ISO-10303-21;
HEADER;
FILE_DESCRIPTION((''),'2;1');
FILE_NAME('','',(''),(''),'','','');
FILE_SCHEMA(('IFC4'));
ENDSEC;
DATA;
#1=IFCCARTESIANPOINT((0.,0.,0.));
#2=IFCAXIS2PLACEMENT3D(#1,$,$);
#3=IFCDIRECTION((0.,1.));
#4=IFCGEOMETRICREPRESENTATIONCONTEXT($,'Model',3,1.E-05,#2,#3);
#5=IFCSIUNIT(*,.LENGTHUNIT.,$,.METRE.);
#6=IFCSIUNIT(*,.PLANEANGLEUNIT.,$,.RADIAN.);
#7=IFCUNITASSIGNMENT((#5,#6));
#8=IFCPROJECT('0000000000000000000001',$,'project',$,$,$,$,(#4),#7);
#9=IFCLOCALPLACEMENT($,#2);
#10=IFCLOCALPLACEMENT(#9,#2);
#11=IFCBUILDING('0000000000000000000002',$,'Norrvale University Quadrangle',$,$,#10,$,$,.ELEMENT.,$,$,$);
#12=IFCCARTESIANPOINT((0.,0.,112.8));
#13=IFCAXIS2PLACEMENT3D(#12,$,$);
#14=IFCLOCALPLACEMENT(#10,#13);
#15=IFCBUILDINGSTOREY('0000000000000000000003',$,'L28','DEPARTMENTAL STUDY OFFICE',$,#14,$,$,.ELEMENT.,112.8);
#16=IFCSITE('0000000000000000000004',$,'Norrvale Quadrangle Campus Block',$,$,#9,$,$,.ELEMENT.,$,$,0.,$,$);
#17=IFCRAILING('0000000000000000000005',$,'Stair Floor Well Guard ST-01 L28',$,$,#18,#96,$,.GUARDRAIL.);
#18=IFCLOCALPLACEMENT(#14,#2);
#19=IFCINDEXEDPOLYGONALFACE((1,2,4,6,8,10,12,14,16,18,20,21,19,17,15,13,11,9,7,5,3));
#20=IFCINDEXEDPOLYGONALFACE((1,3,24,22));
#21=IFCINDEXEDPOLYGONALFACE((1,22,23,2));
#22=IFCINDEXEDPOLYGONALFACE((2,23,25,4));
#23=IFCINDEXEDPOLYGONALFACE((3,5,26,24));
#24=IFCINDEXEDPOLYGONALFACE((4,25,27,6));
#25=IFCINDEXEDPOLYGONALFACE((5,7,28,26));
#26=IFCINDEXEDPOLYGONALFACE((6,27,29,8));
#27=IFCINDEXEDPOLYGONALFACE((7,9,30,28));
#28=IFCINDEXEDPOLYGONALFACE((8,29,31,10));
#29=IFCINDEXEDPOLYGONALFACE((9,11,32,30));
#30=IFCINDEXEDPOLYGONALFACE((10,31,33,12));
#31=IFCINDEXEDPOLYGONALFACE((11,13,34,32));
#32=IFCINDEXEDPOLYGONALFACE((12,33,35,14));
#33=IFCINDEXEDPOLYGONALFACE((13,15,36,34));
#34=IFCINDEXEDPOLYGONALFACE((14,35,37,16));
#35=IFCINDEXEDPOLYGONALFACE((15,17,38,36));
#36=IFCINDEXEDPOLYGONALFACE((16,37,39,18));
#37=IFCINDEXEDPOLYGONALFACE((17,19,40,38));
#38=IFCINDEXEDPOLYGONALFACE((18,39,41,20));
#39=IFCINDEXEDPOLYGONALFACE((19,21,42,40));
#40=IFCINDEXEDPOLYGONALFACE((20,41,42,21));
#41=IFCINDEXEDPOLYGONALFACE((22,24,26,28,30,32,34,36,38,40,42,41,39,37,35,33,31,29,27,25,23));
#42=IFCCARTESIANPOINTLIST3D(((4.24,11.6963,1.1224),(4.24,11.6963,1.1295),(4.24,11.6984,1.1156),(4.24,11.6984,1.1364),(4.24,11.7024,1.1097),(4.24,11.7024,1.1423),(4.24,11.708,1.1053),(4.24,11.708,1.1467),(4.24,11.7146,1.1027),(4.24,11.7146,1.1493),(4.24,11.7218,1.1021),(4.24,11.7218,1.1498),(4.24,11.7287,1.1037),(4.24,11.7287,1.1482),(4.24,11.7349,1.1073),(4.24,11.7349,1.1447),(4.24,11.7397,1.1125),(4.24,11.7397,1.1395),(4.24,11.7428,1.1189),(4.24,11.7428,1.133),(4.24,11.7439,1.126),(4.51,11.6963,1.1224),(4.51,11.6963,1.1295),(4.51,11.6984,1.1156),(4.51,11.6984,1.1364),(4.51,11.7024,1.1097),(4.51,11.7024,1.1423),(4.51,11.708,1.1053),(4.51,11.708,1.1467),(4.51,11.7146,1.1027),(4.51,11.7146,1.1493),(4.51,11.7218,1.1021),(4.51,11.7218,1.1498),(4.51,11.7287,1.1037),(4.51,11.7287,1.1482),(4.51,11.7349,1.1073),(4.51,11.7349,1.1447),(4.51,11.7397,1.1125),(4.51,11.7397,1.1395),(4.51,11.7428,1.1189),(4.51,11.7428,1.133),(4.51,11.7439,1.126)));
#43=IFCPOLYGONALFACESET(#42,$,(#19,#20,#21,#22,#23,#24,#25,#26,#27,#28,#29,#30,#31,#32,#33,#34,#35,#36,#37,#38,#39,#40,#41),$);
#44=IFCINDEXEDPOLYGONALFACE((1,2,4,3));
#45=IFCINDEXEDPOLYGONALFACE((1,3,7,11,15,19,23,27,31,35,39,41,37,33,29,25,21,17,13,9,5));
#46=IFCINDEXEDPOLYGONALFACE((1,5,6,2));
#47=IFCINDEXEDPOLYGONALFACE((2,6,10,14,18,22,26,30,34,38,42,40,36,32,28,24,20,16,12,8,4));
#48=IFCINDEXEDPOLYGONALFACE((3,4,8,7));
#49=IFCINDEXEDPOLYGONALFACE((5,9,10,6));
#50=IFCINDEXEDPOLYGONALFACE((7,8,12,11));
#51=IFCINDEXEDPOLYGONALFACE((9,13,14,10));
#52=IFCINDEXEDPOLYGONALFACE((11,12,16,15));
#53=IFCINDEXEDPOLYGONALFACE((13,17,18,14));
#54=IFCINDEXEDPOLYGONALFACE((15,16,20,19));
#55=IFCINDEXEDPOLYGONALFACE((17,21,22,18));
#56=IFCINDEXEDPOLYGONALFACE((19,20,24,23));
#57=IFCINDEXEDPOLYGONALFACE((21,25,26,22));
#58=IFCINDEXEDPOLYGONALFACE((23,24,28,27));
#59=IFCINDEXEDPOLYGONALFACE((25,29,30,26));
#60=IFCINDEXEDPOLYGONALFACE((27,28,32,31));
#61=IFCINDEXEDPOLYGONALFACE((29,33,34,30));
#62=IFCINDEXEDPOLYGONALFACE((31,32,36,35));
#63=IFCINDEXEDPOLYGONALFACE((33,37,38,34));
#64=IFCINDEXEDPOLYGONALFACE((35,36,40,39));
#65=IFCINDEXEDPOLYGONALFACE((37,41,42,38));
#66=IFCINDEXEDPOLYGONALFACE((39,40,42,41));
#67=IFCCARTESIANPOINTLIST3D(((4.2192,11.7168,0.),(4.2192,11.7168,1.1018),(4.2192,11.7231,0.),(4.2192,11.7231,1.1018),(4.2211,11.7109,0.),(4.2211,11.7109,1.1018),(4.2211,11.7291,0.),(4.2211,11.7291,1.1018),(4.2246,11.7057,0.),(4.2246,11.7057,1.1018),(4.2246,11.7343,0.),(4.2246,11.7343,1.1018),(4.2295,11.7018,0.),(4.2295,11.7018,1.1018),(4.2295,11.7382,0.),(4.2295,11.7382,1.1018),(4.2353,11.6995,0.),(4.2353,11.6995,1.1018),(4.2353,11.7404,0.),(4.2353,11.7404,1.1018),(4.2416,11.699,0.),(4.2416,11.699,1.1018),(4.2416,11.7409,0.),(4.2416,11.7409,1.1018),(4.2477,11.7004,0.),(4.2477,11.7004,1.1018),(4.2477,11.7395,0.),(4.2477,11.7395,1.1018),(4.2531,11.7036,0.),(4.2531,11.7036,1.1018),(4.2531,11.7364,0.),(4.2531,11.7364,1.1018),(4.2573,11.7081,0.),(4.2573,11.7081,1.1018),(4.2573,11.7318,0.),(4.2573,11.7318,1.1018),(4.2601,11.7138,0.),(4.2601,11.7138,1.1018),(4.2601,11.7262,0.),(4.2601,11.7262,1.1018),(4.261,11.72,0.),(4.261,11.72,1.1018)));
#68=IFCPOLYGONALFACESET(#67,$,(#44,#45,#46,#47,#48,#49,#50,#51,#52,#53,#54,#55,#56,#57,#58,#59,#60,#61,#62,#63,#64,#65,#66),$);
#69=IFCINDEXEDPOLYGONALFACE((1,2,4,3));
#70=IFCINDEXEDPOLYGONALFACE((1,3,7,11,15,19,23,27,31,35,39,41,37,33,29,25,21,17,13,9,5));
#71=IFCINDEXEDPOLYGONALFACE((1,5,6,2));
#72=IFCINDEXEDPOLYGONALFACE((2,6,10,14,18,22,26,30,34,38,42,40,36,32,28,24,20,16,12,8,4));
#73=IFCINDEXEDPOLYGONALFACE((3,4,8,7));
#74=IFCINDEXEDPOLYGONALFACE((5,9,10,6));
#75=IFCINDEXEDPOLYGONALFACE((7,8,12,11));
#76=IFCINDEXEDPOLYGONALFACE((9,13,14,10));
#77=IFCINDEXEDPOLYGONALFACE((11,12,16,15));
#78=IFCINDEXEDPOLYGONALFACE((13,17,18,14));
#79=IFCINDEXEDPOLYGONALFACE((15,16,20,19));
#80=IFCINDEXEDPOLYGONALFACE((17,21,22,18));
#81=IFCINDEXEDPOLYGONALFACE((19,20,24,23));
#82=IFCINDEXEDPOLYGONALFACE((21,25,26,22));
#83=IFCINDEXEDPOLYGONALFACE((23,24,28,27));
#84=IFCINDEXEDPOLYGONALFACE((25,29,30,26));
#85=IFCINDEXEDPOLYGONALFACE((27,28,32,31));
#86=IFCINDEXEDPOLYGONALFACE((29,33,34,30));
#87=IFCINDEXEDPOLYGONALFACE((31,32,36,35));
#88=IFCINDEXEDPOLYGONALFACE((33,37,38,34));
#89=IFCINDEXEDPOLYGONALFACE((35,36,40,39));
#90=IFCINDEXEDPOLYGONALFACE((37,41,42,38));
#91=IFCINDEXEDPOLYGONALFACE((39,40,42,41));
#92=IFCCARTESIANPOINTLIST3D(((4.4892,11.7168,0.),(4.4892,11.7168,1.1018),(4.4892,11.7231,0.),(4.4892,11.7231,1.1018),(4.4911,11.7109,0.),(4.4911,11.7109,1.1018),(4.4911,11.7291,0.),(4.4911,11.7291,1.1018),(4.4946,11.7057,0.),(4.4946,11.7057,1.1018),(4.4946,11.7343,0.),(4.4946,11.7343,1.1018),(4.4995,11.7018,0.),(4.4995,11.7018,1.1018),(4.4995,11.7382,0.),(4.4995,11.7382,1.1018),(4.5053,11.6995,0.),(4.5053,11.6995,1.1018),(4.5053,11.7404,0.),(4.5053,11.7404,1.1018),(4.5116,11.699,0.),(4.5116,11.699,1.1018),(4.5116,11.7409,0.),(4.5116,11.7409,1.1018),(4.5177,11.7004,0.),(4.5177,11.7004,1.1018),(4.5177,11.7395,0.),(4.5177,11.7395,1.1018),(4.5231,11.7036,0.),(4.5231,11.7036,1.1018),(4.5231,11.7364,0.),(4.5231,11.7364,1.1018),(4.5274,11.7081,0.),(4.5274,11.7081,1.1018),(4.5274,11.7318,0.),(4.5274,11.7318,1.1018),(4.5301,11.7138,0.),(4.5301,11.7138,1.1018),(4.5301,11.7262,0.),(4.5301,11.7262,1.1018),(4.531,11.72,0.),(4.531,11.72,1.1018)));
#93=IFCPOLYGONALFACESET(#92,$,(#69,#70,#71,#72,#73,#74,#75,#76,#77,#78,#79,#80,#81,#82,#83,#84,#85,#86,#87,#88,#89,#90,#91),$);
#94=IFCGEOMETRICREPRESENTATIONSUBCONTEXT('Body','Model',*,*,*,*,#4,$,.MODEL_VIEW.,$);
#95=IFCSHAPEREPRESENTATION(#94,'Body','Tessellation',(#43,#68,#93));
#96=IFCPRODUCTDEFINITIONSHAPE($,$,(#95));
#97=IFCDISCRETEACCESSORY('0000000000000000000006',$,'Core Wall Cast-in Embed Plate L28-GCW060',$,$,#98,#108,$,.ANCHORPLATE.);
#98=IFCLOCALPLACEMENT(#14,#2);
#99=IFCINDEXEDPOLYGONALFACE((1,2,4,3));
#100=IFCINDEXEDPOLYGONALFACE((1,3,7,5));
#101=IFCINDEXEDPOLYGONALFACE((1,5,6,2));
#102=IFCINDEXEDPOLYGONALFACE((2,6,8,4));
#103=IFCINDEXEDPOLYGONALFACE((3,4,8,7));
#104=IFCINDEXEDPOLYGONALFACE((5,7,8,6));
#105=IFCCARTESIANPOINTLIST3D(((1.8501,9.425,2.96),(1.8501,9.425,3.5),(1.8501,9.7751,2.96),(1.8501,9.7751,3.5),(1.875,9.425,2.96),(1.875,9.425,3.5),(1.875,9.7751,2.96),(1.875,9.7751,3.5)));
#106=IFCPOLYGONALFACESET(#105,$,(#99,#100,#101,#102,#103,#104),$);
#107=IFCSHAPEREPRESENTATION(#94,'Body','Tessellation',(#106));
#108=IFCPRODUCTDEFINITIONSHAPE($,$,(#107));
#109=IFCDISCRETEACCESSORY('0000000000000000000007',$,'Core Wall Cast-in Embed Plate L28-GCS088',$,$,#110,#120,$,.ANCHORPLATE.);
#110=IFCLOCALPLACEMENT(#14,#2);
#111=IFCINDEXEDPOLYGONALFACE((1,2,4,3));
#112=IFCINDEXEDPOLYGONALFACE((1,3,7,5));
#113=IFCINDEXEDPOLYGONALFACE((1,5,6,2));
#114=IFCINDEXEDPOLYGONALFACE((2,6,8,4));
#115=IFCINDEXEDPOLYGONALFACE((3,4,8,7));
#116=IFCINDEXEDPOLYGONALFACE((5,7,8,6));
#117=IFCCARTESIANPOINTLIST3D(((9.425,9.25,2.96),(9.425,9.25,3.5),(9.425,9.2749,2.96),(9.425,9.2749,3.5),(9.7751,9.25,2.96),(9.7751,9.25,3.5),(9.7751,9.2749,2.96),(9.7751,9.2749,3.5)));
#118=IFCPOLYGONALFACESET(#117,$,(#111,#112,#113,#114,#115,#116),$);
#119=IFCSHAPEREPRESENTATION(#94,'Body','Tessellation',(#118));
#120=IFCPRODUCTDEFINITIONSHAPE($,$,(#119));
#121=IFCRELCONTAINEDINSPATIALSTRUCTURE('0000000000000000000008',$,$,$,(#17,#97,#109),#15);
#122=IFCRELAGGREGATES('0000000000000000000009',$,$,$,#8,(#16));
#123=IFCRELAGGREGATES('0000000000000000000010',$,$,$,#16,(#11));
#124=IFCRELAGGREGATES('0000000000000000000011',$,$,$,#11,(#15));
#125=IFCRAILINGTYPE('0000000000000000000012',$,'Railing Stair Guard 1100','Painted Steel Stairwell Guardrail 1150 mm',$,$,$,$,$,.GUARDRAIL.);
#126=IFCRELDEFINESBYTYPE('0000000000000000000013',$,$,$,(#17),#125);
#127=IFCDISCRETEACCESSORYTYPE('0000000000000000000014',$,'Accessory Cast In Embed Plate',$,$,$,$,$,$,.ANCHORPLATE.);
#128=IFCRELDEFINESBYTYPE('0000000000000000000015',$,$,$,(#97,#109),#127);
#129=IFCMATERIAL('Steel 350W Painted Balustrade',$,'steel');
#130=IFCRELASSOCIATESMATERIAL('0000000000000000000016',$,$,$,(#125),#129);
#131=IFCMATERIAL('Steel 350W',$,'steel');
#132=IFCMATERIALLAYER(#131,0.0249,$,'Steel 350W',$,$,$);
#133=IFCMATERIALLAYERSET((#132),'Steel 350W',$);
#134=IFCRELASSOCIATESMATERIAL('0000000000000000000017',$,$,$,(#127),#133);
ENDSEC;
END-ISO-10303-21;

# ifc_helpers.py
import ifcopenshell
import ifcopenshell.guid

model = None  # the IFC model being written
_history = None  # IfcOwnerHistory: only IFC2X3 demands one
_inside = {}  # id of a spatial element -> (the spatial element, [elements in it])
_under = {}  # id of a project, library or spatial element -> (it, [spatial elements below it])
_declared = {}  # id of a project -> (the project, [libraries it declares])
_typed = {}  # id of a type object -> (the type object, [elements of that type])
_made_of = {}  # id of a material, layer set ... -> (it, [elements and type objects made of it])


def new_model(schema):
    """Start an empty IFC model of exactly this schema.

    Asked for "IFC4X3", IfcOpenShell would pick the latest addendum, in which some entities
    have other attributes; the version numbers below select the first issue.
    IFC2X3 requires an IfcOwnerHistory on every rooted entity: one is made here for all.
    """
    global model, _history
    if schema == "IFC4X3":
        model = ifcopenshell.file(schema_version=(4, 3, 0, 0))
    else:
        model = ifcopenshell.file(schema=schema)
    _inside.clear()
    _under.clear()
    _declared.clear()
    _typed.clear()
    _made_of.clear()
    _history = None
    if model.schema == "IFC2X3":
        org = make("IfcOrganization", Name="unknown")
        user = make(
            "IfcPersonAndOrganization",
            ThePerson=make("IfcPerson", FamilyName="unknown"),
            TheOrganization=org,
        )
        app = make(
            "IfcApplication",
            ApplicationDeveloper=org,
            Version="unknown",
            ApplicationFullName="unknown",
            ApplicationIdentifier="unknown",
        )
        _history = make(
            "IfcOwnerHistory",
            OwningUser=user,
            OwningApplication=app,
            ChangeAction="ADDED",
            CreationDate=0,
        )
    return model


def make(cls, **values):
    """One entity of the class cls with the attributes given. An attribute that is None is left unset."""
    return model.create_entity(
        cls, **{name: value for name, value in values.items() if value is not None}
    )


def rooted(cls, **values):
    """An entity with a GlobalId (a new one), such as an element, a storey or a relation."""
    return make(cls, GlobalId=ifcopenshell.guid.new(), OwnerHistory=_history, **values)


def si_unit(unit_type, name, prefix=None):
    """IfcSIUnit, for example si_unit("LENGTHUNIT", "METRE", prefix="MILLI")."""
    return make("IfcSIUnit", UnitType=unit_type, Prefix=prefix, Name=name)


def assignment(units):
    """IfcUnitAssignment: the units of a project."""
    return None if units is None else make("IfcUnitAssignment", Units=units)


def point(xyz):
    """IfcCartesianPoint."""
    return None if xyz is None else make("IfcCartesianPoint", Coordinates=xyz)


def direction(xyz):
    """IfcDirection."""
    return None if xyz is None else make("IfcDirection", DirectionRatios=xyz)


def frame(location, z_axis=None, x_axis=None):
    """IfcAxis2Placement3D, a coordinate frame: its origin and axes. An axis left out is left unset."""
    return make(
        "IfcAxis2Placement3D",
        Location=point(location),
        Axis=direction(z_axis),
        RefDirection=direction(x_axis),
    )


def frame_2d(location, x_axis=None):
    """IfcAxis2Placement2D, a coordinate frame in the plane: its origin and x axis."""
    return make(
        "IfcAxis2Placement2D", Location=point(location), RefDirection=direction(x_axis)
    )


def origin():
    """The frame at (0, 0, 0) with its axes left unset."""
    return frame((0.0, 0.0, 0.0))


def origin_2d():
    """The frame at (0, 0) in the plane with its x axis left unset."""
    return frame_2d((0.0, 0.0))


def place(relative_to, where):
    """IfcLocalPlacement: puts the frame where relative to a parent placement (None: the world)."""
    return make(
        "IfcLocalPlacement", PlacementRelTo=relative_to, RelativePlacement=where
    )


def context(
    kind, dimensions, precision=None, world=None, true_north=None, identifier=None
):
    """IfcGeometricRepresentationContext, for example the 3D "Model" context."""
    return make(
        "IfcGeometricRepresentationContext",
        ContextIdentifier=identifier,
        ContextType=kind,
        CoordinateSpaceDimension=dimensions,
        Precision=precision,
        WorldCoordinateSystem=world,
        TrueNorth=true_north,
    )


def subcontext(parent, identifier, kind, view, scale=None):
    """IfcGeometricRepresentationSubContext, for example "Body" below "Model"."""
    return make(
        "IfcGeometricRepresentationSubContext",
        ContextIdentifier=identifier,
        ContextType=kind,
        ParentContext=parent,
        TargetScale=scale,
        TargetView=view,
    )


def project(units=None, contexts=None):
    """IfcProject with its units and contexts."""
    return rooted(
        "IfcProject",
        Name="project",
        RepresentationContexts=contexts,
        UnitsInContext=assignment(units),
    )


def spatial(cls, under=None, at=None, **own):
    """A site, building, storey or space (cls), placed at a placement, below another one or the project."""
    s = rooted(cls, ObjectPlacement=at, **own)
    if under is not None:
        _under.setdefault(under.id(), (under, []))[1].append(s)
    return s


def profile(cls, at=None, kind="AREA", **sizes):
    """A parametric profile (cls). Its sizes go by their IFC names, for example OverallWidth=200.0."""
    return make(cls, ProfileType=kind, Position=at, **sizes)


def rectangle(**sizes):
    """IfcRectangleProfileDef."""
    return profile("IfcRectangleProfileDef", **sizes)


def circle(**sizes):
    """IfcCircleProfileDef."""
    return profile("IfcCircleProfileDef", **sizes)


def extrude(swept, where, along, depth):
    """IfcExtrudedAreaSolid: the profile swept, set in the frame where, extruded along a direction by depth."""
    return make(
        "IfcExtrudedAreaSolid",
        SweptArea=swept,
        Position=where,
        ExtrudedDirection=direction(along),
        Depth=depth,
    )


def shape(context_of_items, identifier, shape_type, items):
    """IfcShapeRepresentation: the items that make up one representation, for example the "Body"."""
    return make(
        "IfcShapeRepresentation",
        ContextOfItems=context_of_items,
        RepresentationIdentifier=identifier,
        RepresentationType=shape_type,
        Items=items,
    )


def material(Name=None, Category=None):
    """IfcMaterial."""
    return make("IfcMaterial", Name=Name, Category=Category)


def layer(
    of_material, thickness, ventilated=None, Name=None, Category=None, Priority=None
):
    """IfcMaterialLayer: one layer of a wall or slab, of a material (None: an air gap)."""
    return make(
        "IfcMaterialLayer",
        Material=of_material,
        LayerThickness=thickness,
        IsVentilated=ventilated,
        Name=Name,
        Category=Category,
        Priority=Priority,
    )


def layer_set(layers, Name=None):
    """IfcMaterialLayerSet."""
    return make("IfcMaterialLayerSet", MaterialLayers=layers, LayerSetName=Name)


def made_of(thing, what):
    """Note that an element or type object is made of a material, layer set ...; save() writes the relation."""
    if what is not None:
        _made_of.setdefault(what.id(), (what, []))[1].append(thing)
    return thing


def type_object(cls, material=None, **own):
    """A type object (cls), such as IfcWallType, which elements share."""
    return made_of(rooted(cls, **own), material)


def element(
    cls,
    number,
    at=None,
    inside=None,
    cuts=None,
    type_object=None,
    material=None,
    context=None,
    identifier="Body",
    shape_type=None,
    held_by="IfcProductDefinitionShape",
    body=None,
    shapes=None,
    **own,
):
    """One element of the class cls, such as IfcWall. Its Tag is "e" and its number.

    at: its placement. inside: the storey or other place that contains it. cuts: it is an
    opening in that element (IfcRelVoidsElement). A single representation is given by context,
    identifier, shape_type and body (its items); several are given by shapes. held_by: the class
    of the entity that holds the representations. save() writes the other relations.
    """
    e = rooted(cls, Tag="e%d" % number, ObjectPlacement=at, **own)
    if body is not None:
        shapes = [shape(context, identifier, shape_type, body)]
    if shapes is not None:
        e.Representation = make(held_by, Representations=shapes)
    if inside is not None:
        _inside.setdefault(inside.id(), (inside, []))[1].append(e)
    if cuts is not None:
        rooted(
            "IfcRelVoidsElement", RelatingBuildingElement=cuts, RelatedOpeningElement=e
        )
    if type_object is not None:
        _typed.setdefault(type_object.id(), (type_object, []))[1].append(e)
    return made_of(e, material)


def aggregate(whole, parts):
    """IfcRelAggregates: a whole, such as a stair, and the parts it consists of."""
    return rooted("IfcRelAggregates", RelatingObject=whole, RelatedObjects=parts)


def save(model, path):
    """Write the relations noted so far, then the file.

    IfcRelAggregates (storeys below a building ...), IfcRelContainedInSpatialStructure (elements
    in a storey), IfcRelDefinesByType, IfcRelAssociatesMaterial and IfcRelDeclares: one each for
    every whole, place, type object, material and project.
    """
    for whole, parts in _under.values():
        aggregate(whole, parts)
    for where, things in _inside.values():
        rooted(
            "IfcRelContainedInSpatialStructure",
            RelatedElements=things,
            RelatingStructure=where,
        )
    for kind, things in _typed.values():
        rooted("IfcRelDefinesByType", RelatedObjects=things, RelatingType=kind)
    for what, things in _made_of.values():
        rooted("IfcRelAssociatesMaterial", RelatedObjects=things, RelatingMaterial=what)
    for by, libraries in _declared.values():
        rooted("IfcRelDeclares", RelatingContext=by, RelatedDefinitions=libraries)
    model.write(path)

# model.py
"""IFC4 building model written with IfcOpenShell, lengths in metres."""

from ifc_helpers import new_model, si_unit, direction, frame, origin, origin_2d, place, context, subcontext, project, spatial, rectangle, circle, extrude, material, layer, layer_set, type_object, element, save


model = new_model("IFC4")

# Units and contexts
model_context = context("Model", 3, precision=1e-05, world=origin(), true_north=direction((0.0, 1.0)))
body_context = subcontext(model_context, "Body", "Model", "MODEL_VIEW")
ifc_project = project(units=[si_unit("LENGTHUNIT", "METRE"), si_unit("PLANEANGLEUNIT", "RADIAN")], contexts=[model_context])

# Site, building, storey
site_placement = place(None, origin())
site = spatial("IfcSite", under=ifc_project, at=site_placement, Name="Norrvale Quadrangle Campus Block", CompositionType="ELEMENT", RefElevation=0.0)
building_placement = place(site_placement, origin())
building = spatial("IfcBuilding", under=site, at=building_placement, Name="Norrvale University Quadrangle", CompositionType="ELEMENT")
storey_placement = place(building_placement, frame((0.0, 0.0, 112.8)))
storey = spatial("IfcBuildingStorey", under=building, at=storey_placement, Name="L28", Description="DEPARTMENTAL STUDY OFFICE", CompositionType="ELEMENT", Elevation=112.8)

# Shared definitions
ifc_material_1 = material(Name="Steel 350W", Category="steel")

# Railing
ifc_material_2 = material(Name="Steel 350W Painted Balustrade", Category="steel")
railing_type = type_object("IfcRailingType", Name="Railing Stair Guard 1100", Description="Painted Steel Stairwell Guardrail 1150 mm", PredefinedType="GUARDRAIL", material=ifc_material_2)
railing_placement = place(storey_placement, frame((4.24, 11.72, 0.0)))
element("IfcRailing", 1, at=railing_placement, inside=storey, type_object=railing_type, Name="Stair Floor Well Guard ST-01 L28", PredefinedType="GUARDRAIL", context=body_context, shape_type="SweptSolid", body=[
    extrude(circle(Radius=0.0239, at=origin_2d()), frame((0.0, 0.0, 1.126), z_axis=(1.0, 0.0, 0.0), x_axis=(0.0, 1.0, 0.0)), (0.0, 0.0, 1.0), 0.27),
    extrude(circle(Radius=0.021, at=origin_2d()), origin(), (0.0, 0.0, 1.0), 1.1018),
    extrude(circle(Radius=0.021, at=origin_2d()), frame((0.27, 0.0, 0.0)), (0.0, 0.0, 1.0), 1.1018),
])

# Discrete accessories
ifc_layer_1 = layer(ifc_material_1, 0.0249, Name="Steel 350W")
ifc_layer_set_1 = layer_set([ifc_layer_1], Name="Steel 350W")
discrete_accessory_type = type_object("IfcDiscreteAccessoryType", Name="Accessory Cast In Embed Plate", PredefinedType="ANCHORPLATE", material=ifc_layer_set_1)
discrete_accessory_1_placement = place(storey_placement, frame((1.8625, 9.6001, 2.96), z_axis=(0.0, 0.0, 1.0), x_axis=(1.0, 0.0, 0.0)))
element("IfcDiscreteAccessory", 2, at=discrete_accessory_1_placement, inside=storey, type_object=discrete_accessory_type, Name="Core Wall Cast-in Embed Plate L28-GCW060", PredefinedType="ANCHORPLATE", context=body_context, shape_type="SweptSolid", body=[
    extrude(rectangle(XDim=0.0249, YDim=0.3501, at=origin_2d()), origin(), (0.0, 0.0, 1.0), 0.54),
])
discrete_accessory_2_placement = place(storey_placement, frame((9.6001, 9.2625, 2.96), z_axis=(0.0, 0.0, 1.0), x_axis=(1.0, 0.0, 0.0)))
element("IfcDiscreteAccessory", 3, at=discrete_accessory_2_placement, inside=storey, type_object=discrete_accessory_type, Name="Core Wall Cast-in Embed Plate L28-GCS088", PredefinedType="ANCHORPLATE", context=body_context, shape_type="SweptSolid", body=[
    extrude(rectangle(XDim=0.3501, YDim=0.0249, at=origin_2d()), origin(), (0.0, 0.0, 1.0), 0.54),
])

save(model, "model.ifc")
